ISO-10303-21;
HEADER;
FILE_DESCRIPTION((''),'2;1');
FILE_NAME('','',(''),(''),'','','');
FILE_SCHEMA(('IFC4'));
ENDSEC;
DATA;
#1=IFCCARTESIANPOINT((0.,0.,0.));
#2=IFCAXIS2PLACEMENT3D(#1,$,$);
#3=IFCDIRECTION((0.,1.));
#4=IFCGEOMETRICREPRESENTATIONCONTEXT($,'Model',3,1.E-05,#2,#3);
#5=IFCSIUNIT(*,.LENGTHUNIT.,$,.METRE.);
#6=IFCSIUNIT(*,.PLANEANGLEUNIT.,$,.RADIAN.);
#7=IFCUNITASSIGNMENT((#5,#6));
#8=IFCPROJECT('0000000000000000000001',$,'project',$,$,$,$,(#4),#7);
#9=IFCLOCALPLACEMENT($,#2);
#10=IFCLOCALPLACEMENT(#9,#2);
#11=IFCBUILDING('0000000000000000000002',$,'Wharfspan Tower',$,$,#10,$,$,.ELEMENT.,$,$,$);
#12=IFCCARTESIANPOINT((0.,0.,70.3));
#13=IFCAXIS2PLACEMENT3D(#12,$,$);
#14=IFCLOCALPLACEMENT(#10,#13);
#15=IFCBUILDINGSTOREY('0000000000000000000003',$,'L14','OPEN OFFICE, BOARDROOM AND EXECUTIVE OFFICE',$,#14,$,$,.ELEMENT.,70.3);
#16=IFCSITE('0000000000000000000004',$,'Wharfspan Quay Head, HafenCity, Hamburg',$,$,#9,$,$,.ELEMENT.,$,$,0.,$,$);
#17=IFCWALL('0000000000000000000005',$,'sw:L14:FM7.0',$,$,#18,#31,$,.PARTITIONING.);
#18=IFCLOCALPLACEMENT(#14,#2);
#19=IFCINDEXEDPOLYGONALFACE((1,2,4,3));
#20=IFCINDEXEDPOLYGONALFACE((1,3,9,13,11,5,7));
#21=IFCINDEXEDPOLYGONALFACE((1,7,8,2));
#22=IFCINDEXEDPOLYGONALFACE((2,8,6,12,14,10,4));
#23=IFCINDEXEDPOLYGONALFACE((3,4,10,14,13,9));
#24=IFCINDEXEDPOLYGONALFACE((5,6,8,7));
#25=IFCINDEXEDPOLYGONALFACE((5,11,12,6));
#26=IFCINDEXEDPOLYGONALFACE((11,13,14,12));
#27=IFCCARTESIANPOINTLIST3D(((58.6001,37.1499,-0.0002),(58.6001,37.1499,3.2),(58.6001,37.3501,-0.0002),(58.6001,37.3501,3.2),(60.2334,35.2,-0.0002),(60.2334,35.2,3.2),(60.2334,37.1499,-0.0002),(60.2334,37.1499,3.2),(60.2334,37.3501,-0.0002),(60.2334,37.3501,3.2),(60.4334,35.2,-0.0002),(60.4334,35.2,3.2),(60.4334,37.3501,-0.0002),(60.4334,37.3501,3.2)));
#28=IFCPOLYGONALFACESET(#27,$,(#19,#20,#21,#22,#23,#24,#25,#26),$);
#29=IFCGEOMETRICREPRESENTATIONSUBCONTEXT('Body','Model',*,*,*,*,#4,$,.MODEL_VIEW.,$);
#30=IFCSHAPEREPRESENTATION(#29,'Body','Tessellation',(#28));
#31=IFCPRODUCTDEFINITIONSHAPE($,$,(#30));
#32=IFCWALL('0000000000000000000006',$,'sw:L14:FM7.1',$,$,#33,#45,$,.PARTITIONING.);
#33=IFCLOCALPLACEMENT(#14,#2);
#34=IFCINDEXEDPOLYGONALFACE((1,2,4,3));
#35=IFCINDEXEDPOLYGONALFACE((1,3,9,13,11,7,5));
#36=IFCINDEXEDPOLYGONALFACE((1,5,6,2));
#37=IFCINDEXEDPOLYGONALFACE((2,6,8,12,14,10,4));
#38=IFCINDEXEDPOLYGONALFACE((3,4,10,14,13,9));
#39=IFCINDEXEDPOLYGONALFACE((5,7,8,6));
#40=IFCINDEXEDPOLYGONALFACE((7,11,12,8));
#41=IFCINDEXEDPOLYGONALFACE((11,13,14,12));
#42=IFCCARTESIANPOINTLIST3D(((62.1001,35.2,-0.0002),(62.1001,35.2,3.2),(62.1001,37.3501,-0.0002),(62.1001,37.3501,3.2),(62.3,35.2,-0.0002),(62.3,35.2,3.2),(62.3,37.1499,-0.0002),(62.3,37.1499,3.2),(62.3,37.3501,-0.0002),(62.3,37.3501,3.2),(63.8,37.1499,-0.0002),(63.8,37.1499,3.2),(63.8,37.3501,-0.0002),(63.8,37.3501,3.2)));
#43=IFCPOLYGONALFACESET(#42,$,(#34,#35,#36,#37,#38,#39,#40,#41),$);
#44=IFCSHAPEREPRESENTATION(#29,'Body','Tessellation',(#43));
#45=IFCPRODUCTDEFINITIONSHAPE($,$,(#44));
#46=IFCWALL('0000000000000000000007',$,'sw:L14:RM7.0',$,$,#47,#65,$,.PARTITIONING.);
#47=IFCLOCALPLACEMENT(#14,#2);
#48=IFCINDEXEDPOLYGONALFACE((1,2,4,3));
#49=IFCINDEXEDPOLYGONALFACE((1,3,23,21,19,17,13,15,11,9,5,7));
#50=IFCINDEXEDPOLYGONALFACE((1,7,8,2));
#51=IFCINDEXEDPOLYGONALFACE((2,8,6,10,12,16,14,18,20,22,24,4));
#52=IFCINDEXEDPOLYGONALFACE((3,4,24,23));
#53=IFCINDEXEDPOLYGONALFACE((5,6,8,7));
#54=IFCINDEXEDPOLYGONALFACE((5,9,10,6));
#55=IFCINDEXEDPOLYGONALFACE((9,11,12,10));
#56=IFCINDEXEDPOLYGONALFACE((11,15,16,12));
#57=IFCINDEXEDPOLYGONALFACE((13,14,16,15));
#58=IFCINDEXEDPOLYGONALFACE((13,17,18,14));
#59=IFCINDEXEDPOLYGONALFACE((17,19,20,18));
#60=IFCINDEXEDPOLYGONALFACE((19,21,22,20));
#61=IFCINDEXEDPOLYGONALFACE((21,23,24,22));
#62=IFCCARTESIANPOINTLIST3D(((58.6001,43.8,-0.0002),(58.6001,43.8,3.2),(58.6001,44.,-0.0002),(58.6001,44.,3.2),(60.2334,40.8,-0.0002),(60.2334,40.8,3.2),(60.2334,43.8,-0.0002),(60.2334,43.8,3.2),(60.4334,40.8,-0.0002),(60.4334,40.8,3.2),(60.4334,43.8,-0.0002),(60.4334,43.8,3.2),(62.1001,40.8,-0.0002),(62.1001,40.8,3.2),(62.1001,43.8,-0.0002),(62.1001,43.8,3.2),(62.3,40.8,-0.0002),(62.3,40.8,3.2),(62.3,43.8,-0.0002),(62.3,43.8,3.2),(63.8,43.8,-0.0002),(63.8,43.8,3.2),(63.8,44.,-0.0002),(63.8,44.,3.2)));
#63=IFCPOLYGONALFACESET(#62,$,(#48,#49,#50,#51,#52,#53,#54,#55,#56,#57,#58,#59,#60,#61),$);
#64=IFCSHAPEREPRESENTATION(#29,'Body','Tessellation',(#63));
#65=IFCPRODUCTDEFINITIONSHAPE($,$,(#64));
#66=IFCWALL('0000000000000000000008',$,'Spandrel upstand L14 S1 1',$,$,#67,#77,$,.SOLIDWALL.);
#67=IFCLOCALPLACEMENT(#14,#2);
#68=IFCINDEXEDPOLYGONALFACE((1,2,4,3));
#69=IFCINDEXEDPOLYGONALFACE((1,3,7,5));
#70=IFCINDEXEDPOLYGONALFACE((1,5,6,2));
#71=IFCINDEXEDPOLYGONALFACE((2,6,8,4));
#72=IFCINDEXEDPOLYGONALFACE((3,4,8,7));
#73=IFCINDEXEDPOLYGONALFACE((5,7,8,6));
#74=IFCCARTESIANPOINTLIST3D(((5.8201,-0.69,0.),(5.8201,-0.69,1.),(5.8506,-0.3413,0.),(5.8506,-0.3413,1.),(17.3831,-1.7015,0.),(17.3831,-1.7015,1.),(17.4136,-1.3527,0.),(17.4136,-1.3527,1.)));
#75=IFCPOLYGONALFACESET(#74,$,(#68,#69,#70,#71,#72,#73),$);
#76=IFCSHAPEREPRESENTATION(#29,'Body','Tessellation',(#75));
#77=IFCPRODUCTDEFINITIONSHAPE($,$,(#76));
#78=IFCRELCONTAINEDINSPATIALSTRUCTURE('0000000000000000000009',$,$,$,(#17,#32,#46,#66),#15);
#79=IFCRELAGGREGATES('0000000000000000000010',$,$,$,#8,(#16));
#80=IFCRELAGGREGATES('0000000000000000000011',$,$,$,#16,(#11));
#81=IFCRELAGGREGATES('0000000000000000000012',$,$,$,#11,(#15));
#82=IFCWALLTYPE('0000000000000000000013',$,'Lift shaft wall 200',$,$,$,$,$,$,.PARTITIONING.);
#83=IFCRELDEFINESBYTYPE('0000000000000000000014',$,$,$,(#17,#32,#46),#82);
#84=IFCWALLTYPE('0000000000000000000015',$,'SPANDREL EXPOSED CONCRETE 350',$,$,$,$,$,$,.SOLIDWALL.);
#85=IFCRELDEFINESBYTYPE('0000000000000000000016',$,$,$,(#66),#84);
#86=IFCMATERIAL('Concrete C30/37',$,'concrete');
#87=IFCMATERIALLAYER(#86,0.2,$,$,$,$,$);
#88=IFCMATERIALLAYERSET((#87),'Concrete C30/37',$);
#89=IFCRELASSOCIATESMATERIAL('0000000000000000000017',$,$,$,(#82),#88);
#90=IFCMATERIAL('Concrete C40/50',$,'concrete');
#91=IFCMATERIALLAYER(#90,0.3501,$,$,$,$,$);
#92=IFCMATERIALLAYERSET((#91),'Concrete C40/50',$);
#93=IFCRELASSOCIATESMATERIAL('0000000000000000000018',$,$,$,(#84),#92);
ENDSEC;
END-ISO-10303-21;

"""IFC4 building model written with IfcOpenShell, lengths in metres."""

from ifc_helpers import new_model, si_unit, direction, frame, frame_2d, origin, place, context, subcontext, project, spatial, polyline, rectangle, outline, extrude, material, layer, layer_set, type_object, element, save


model = new_model("IFC4")

# Units and contexts
model_context = context("Model", 3, precision=1e-05, world=origin(), true_north=direction((0.0, 1.0)))
body_context = subcontext(model_context, "Body", "Model", "MODEL_VIEW")
ifc_project = project(units=[si_unit("LENGTHUNIT", "METRE"), si_unit("PLANEANGLEUNIT", "RADIAN")], contexts=[model_context])

# Site, building, storey
site_placement = place(None, origin())
site = spatial("IfcSite", under=ifc_project, at=site_placement, Name="Wharfspan Quay Head, HafenCity, Hamburg", CompositionType="ELEMENT", RefElevation=0.0)
building_placement = place(site_placement, origin())
building = spatial("IfcBuilding", under=site, at=building_placement, Name="Wharfspan Tower", CompositionType="ELEMENT")
storey_placement = place(building_placement, frame((0.0, 0.0, 70.3)))
storey = spatial("IfcBuildingStorey", under=building, at=storey_placement, Name="L14", Description="OPEN OFFICE, BOARDROOM AND EXECUTIVE OFFICE", CompositionType="ELEMENT", Elevation=70.3)

# Shared definitions
ifc_material_1 = material(Name="Concrete C40/50", Category="concrete")

# Walls
ifc_material_2 = material(Name="Concrete C30/37", Category="concrete")
ifc_layer_1 = layer(ifc_material_2, 0.2)
ifc_layer_set_1 = layer_set([ifc_layer_1], Name="Concrete C30/37")
wall_type_1 = type_object("IfcWallType", Name="Lift shaft wall 200", PredefinedType="PARTITIONING", material=ifc_layer_set_1)
wall_1_placement = place(storey_placement, frame((0.0, 0.0, -0.0002)))
element("IfcWall", 1, at=wall_1_placement, inside=storey, type_object=wall_type_1, Name="sw:L14:FM7.0", PredefinedType="PARTITIONING", context=body_context, shape_type="SweptSolid", body=[
    extrude(outline(polyline([(60.2334, 37.1499), (58.6001, 37.1499), (58.6001, 37.3501), (60.2334, 37.3501), (60.4333, 37.3501), (60.4333, 35.2), (60.2334, 35.2), (60.2334, 37.1499)])), origin(), (0.0, 0.0, 1.0), 3.2002),
])
wall_2_placement = place(storey_placement, frame((0.0, 0.0, -0.0002)))
element("IfcWall", 2, at=wall_2_placement, inside=storey, type_object=wall_type_1, Name="sw:L14:FM7.1", PredefinedType="PARTITIONING", context=body_context, shape_type="SweptSolid", body=[
    extrude(outline(polyline([(62.1001, 37.3501), (62.3, 37.3501), (63.8, 37.3501), (63.8, 37.1499), (62.3, 37.1499), (62.3, 35.2), (62.1001, 35.2), (62.1001, 37.3501)])), origin(), (0.0, 0.0, 1.0), 3.2002),
])
wall_3_placement = place(storey_placement, frame((0.0, 0.0, -0.0002)))
element("IfcWall", 3, at=wall_3_placement, inside=storey, type_object=wall_type_1, Name="sw:L14:RM7.0", PredefinedType="PARTITIONING", context=body_context, shape_type="SweptSolid", body=[
    extrude(outline(polyline([(60.4333, 40.8), (60.2334, 40.8), (60.2334, 43.8), (58.6001, 43.8), (58.6001, 44.0), (63.8, 44.0), (63.8, 43.8), (62.3, 43.8), (62.3, 40.8), (62.1001, 40.8), (62.1001, 43.8), (60.4333, 43.8), (60.4333, 40.8)])), origin(), (0.0, 0.0, 1.0), 3.2002),
])
ifc_layer_2 = layer(ifc_material_1, 0.3501)
ifc_layer_set_2 = layer_set([ifc_layer_2], Name="Concrete C40/50")
wall_type_2 = type_object("IfcWallType", Name="SPANDREL EXPOSED CONCRETE 350", PredefinedType="SOLIDWALL", material=ifc_layer_set_2)
wall_4_placement = place(storey_placement, frame((5.8352, -0.5156, 0.0), z_axis=(0.0, 0.0, 1.0), x_axis=(0.996192, -0.087142, 0.0)))
element("IfcWall", 4, at=wall_4_placement, inside=storey, type_object=wall_type_2, Name="Spandrel upstand L14 S1 1", PredefinedType="SOLIDWALL", context=body_context, shape_type="SweptSolid", body=[
    extrude(rectangle(XDim=11.6072, YDim=0.3501, at=frame_2d((5.8037, 0.0))), origin(), (0.0, 0.0, 1.0), 1.0),
])

save(model, "model.ifc")
